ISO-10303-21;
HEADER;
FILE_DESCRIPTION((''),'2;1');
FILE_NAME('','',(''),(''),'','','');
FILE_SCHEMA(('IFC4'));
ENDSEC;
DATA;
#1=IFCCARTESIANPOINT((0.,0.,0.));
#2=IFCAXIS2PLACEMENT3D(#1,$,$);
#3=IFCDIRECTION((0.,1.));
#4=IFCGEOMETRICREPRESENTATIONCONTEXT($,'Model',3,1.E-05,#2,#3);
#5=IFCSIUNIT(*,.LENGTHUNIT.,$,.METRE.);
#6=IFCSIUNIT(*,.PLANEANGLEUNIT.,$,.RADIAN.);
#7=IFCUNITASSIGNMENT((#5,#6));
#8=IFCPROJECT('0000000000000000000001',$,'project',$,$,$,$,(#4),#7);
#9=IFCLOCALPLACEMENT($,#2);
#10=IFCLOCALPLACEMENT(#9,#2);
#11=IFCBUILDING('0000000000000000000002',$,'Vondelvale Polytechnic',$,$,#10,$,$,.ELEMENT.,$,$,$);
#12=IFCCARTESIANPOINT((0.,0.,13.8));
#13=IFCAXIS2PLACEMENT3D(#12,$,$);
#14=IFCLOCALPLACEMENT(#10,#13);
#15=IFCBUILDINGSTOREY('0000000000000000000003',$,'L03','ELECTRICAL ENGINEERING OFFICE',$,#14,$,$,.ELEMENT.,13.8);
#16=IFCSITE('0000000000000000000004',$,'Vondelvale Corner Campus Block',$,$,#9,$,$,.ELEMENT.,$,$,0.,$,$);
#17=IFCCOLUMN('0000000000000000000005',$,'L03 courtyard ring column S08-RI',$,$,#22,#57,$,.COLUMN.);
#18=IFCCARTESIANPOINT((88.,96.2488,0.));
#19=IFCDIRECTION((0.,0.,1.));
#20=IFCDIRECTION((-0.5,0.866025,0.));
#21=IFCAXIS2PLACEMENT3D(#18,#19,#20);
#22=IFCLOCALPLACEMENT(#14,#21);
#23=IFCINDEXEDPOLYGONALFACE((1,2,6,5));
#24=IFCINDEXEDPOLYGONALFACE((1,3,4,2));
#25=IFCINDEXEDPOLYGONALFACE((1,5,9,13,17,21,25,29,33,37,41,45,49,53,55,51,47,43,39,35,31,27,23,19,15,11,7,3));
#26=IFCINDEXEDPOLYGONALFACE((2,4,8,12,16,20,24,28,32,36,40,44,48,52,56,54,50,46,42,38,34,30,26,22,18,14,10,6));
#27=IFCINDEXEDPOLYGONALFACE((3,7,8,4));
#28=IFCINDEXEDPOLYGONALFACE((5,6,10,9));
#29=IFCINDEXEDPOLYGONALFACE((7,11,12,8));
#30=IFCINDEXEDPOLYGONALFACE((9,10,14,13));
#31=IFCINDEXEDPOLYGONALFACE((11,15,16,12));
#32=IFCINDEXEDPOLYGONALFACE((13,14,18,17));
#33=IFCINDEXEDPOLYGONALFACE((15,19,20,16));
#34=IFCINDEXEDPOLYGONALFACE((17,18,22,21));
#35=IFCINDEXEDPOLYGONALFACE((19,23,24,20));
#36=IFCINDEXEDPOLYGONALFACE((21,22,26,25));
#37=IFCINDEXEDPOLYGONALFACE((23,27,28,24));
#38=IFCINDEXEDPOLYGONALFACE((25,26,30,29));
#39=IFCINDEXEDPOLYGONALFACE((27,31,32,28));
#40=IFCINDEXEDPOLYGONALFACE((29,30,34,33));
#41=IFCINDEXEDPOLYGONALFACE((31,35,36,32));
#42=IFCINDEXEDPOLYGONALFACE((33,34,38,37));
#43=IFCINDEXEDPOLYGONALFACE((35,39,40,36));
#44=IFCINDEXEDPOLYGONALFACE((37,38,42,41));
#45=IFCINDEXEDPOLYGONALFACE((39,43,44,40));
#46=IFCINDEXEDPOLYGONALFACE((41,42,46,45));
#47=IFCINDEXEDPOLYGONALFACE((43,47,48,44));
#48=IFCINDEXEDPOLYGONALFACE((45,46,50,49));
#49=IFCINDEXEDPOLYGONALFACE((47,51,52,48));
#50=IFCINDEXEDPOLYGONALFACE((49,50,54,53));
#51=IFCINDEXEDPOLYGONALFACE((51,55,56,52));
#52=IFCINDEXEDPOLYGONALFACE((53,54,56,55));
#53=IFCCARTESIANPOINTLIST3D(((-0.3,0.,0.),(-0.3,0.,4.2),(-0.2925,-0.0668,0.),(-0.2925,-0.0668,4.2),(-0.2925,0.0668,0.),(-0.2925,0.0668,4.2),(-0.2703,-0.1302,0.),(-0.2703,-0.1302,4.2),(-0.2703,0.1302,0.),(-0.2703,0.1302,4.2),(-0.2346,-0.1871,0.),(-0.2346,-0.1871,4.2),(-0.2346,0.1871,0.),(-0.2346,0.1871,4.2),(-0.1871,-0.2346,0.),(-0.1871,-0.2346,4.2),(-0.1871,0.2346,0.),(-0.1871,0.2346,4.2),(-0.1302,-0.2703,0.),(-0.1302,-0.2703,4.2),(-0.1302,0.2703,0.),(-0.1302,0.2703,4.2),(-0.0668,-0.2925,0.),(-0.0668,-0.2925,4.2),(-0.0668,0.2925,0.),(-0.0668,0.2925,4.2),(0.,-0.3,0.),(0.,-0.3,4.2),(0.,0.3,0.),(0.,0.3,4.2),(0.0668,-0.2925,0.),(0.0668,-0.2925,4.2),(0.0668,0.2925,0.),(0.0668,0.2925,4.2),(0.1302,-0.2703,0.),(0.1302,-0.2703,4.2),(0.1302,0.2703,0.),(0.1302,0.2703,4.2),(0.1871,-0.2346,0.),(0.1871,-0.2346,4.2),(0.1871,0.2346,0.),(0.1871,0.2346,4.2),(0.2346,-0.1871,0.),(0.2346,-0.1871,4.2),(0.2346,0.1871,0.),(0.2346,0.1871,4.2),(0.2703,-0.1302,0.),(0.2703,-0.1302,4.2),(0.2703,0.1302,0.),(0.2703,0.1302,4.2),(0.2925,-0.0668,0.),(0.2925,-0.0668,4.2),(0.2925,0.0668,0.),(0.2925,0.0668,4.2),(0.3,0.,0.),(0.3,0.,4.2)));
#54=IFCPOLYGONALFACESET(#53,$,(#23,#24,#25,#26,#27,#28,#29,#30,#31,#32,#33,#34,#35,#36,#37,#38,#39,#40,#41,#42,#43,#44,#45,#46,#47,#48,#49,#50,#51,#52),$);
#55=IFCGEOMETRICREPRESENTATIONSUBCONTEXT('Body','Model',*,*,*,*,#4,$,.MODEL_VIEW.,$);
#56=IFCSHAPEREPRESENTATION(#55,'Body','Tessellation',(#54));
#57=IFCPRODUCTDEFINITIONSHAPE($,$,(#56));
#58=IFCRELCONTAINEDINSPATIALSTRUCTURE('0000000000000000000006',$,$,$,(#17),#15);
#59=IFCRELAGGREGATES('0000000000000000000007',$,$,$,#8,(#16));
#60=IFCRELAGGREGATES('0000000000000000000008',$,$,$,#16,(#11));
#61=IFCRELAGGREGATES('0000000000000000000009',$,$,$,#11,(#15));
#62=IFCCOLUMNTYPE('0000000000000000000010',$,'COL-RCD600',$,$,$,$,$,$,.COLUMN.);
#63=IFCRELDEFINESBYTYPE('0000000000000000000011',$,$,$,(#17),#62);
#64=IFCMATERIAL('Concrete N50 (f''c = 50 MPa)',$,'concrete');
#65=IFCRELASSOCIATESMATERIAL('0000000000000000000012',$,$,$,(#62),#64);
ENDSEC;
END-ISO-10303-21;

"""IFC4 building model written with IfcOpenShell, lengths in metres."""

from ifc_helpers import new_model, si_unit, direction, frame, origin, origin_2d, place, context, subcontext, project, spatial, circle, extrude, material, material_profile, profile_set, type_object, element, save


model = new_model("IFC4")

# Units and contexts
model_context = context("Model", 3, precision=1e-05, world=origin(), true_north=direction((0.0, 1.0)))
body_context = subcontext(model_context, "Body", "Model", "MODEL_VIEW")
ifc_project = project(units=[si_unit("LENGTHUNIT", "METRE"), si_unit("PLANEANGLEUNIT", "RADIAN")], contexts=[model_context])

# Site, building, storey
site_placement = place(None, origin())
site = spatial("IfcSite", under=ifc_project, at=site_placement, Name="Vondelvale Corner Campus Block", CompositionType="ELEMENT", RefElevation=0.0)
building_placement = place(site_placement, origin())
building = spatial("IfcBuilding", under=site, at=building_placement, Name="Vondelvale Polytechnic", CompositionType="ELEMENT")
storey_placement = place(building_placement, frame((0.0, 0.0, 13.8)))
storey = spatial("IfcBuildingStorey", under=building, at=storey_placement, Name="L03", Description="ELECTRICAL ENGINEERING OFFICE", CompositionType="ELEMENT", Elevation=13.8)

# Column
ifc_material_1 = material(Name="Concrete N50 (f'c = 50 MPa)", Category="concrete")
ifc_material_profile_1 = material_profile(ifc_material_1, circle(Radius=0.3, at=origin_2d()), Name="RC-COL-D600")
ifc_profile_set_1 = profile_set([ifc_material_profile_1], Name="Concrete N50 (f'c = 50 MPa)")
column_type = type_object("IfcColumnType", Name="COL-RCD600", PredefinedType="COLUMN", material=ifc_profile_set_1)
column_placement = place(storey_placement, frame((88.0, 96.2488, 0.0), z_axis=(0.0, 0.0, 1.0), x_axis=(-0.5, 0.866025, 0.0)))
element("IfcColumn", 1, at=column_placement, inside=storey, type_object=column_type, Name="L03 courtyard ring column S08-RI", PredefinedType="COLUMN", context=body_context, shape_type="SweptSolid", body=[
    extrude(circle(Radius=0.3, at=origin_2d()), origin(), (0.0, 0.0, 1.0), 4.2),
])

save(model, "model.ifc")
